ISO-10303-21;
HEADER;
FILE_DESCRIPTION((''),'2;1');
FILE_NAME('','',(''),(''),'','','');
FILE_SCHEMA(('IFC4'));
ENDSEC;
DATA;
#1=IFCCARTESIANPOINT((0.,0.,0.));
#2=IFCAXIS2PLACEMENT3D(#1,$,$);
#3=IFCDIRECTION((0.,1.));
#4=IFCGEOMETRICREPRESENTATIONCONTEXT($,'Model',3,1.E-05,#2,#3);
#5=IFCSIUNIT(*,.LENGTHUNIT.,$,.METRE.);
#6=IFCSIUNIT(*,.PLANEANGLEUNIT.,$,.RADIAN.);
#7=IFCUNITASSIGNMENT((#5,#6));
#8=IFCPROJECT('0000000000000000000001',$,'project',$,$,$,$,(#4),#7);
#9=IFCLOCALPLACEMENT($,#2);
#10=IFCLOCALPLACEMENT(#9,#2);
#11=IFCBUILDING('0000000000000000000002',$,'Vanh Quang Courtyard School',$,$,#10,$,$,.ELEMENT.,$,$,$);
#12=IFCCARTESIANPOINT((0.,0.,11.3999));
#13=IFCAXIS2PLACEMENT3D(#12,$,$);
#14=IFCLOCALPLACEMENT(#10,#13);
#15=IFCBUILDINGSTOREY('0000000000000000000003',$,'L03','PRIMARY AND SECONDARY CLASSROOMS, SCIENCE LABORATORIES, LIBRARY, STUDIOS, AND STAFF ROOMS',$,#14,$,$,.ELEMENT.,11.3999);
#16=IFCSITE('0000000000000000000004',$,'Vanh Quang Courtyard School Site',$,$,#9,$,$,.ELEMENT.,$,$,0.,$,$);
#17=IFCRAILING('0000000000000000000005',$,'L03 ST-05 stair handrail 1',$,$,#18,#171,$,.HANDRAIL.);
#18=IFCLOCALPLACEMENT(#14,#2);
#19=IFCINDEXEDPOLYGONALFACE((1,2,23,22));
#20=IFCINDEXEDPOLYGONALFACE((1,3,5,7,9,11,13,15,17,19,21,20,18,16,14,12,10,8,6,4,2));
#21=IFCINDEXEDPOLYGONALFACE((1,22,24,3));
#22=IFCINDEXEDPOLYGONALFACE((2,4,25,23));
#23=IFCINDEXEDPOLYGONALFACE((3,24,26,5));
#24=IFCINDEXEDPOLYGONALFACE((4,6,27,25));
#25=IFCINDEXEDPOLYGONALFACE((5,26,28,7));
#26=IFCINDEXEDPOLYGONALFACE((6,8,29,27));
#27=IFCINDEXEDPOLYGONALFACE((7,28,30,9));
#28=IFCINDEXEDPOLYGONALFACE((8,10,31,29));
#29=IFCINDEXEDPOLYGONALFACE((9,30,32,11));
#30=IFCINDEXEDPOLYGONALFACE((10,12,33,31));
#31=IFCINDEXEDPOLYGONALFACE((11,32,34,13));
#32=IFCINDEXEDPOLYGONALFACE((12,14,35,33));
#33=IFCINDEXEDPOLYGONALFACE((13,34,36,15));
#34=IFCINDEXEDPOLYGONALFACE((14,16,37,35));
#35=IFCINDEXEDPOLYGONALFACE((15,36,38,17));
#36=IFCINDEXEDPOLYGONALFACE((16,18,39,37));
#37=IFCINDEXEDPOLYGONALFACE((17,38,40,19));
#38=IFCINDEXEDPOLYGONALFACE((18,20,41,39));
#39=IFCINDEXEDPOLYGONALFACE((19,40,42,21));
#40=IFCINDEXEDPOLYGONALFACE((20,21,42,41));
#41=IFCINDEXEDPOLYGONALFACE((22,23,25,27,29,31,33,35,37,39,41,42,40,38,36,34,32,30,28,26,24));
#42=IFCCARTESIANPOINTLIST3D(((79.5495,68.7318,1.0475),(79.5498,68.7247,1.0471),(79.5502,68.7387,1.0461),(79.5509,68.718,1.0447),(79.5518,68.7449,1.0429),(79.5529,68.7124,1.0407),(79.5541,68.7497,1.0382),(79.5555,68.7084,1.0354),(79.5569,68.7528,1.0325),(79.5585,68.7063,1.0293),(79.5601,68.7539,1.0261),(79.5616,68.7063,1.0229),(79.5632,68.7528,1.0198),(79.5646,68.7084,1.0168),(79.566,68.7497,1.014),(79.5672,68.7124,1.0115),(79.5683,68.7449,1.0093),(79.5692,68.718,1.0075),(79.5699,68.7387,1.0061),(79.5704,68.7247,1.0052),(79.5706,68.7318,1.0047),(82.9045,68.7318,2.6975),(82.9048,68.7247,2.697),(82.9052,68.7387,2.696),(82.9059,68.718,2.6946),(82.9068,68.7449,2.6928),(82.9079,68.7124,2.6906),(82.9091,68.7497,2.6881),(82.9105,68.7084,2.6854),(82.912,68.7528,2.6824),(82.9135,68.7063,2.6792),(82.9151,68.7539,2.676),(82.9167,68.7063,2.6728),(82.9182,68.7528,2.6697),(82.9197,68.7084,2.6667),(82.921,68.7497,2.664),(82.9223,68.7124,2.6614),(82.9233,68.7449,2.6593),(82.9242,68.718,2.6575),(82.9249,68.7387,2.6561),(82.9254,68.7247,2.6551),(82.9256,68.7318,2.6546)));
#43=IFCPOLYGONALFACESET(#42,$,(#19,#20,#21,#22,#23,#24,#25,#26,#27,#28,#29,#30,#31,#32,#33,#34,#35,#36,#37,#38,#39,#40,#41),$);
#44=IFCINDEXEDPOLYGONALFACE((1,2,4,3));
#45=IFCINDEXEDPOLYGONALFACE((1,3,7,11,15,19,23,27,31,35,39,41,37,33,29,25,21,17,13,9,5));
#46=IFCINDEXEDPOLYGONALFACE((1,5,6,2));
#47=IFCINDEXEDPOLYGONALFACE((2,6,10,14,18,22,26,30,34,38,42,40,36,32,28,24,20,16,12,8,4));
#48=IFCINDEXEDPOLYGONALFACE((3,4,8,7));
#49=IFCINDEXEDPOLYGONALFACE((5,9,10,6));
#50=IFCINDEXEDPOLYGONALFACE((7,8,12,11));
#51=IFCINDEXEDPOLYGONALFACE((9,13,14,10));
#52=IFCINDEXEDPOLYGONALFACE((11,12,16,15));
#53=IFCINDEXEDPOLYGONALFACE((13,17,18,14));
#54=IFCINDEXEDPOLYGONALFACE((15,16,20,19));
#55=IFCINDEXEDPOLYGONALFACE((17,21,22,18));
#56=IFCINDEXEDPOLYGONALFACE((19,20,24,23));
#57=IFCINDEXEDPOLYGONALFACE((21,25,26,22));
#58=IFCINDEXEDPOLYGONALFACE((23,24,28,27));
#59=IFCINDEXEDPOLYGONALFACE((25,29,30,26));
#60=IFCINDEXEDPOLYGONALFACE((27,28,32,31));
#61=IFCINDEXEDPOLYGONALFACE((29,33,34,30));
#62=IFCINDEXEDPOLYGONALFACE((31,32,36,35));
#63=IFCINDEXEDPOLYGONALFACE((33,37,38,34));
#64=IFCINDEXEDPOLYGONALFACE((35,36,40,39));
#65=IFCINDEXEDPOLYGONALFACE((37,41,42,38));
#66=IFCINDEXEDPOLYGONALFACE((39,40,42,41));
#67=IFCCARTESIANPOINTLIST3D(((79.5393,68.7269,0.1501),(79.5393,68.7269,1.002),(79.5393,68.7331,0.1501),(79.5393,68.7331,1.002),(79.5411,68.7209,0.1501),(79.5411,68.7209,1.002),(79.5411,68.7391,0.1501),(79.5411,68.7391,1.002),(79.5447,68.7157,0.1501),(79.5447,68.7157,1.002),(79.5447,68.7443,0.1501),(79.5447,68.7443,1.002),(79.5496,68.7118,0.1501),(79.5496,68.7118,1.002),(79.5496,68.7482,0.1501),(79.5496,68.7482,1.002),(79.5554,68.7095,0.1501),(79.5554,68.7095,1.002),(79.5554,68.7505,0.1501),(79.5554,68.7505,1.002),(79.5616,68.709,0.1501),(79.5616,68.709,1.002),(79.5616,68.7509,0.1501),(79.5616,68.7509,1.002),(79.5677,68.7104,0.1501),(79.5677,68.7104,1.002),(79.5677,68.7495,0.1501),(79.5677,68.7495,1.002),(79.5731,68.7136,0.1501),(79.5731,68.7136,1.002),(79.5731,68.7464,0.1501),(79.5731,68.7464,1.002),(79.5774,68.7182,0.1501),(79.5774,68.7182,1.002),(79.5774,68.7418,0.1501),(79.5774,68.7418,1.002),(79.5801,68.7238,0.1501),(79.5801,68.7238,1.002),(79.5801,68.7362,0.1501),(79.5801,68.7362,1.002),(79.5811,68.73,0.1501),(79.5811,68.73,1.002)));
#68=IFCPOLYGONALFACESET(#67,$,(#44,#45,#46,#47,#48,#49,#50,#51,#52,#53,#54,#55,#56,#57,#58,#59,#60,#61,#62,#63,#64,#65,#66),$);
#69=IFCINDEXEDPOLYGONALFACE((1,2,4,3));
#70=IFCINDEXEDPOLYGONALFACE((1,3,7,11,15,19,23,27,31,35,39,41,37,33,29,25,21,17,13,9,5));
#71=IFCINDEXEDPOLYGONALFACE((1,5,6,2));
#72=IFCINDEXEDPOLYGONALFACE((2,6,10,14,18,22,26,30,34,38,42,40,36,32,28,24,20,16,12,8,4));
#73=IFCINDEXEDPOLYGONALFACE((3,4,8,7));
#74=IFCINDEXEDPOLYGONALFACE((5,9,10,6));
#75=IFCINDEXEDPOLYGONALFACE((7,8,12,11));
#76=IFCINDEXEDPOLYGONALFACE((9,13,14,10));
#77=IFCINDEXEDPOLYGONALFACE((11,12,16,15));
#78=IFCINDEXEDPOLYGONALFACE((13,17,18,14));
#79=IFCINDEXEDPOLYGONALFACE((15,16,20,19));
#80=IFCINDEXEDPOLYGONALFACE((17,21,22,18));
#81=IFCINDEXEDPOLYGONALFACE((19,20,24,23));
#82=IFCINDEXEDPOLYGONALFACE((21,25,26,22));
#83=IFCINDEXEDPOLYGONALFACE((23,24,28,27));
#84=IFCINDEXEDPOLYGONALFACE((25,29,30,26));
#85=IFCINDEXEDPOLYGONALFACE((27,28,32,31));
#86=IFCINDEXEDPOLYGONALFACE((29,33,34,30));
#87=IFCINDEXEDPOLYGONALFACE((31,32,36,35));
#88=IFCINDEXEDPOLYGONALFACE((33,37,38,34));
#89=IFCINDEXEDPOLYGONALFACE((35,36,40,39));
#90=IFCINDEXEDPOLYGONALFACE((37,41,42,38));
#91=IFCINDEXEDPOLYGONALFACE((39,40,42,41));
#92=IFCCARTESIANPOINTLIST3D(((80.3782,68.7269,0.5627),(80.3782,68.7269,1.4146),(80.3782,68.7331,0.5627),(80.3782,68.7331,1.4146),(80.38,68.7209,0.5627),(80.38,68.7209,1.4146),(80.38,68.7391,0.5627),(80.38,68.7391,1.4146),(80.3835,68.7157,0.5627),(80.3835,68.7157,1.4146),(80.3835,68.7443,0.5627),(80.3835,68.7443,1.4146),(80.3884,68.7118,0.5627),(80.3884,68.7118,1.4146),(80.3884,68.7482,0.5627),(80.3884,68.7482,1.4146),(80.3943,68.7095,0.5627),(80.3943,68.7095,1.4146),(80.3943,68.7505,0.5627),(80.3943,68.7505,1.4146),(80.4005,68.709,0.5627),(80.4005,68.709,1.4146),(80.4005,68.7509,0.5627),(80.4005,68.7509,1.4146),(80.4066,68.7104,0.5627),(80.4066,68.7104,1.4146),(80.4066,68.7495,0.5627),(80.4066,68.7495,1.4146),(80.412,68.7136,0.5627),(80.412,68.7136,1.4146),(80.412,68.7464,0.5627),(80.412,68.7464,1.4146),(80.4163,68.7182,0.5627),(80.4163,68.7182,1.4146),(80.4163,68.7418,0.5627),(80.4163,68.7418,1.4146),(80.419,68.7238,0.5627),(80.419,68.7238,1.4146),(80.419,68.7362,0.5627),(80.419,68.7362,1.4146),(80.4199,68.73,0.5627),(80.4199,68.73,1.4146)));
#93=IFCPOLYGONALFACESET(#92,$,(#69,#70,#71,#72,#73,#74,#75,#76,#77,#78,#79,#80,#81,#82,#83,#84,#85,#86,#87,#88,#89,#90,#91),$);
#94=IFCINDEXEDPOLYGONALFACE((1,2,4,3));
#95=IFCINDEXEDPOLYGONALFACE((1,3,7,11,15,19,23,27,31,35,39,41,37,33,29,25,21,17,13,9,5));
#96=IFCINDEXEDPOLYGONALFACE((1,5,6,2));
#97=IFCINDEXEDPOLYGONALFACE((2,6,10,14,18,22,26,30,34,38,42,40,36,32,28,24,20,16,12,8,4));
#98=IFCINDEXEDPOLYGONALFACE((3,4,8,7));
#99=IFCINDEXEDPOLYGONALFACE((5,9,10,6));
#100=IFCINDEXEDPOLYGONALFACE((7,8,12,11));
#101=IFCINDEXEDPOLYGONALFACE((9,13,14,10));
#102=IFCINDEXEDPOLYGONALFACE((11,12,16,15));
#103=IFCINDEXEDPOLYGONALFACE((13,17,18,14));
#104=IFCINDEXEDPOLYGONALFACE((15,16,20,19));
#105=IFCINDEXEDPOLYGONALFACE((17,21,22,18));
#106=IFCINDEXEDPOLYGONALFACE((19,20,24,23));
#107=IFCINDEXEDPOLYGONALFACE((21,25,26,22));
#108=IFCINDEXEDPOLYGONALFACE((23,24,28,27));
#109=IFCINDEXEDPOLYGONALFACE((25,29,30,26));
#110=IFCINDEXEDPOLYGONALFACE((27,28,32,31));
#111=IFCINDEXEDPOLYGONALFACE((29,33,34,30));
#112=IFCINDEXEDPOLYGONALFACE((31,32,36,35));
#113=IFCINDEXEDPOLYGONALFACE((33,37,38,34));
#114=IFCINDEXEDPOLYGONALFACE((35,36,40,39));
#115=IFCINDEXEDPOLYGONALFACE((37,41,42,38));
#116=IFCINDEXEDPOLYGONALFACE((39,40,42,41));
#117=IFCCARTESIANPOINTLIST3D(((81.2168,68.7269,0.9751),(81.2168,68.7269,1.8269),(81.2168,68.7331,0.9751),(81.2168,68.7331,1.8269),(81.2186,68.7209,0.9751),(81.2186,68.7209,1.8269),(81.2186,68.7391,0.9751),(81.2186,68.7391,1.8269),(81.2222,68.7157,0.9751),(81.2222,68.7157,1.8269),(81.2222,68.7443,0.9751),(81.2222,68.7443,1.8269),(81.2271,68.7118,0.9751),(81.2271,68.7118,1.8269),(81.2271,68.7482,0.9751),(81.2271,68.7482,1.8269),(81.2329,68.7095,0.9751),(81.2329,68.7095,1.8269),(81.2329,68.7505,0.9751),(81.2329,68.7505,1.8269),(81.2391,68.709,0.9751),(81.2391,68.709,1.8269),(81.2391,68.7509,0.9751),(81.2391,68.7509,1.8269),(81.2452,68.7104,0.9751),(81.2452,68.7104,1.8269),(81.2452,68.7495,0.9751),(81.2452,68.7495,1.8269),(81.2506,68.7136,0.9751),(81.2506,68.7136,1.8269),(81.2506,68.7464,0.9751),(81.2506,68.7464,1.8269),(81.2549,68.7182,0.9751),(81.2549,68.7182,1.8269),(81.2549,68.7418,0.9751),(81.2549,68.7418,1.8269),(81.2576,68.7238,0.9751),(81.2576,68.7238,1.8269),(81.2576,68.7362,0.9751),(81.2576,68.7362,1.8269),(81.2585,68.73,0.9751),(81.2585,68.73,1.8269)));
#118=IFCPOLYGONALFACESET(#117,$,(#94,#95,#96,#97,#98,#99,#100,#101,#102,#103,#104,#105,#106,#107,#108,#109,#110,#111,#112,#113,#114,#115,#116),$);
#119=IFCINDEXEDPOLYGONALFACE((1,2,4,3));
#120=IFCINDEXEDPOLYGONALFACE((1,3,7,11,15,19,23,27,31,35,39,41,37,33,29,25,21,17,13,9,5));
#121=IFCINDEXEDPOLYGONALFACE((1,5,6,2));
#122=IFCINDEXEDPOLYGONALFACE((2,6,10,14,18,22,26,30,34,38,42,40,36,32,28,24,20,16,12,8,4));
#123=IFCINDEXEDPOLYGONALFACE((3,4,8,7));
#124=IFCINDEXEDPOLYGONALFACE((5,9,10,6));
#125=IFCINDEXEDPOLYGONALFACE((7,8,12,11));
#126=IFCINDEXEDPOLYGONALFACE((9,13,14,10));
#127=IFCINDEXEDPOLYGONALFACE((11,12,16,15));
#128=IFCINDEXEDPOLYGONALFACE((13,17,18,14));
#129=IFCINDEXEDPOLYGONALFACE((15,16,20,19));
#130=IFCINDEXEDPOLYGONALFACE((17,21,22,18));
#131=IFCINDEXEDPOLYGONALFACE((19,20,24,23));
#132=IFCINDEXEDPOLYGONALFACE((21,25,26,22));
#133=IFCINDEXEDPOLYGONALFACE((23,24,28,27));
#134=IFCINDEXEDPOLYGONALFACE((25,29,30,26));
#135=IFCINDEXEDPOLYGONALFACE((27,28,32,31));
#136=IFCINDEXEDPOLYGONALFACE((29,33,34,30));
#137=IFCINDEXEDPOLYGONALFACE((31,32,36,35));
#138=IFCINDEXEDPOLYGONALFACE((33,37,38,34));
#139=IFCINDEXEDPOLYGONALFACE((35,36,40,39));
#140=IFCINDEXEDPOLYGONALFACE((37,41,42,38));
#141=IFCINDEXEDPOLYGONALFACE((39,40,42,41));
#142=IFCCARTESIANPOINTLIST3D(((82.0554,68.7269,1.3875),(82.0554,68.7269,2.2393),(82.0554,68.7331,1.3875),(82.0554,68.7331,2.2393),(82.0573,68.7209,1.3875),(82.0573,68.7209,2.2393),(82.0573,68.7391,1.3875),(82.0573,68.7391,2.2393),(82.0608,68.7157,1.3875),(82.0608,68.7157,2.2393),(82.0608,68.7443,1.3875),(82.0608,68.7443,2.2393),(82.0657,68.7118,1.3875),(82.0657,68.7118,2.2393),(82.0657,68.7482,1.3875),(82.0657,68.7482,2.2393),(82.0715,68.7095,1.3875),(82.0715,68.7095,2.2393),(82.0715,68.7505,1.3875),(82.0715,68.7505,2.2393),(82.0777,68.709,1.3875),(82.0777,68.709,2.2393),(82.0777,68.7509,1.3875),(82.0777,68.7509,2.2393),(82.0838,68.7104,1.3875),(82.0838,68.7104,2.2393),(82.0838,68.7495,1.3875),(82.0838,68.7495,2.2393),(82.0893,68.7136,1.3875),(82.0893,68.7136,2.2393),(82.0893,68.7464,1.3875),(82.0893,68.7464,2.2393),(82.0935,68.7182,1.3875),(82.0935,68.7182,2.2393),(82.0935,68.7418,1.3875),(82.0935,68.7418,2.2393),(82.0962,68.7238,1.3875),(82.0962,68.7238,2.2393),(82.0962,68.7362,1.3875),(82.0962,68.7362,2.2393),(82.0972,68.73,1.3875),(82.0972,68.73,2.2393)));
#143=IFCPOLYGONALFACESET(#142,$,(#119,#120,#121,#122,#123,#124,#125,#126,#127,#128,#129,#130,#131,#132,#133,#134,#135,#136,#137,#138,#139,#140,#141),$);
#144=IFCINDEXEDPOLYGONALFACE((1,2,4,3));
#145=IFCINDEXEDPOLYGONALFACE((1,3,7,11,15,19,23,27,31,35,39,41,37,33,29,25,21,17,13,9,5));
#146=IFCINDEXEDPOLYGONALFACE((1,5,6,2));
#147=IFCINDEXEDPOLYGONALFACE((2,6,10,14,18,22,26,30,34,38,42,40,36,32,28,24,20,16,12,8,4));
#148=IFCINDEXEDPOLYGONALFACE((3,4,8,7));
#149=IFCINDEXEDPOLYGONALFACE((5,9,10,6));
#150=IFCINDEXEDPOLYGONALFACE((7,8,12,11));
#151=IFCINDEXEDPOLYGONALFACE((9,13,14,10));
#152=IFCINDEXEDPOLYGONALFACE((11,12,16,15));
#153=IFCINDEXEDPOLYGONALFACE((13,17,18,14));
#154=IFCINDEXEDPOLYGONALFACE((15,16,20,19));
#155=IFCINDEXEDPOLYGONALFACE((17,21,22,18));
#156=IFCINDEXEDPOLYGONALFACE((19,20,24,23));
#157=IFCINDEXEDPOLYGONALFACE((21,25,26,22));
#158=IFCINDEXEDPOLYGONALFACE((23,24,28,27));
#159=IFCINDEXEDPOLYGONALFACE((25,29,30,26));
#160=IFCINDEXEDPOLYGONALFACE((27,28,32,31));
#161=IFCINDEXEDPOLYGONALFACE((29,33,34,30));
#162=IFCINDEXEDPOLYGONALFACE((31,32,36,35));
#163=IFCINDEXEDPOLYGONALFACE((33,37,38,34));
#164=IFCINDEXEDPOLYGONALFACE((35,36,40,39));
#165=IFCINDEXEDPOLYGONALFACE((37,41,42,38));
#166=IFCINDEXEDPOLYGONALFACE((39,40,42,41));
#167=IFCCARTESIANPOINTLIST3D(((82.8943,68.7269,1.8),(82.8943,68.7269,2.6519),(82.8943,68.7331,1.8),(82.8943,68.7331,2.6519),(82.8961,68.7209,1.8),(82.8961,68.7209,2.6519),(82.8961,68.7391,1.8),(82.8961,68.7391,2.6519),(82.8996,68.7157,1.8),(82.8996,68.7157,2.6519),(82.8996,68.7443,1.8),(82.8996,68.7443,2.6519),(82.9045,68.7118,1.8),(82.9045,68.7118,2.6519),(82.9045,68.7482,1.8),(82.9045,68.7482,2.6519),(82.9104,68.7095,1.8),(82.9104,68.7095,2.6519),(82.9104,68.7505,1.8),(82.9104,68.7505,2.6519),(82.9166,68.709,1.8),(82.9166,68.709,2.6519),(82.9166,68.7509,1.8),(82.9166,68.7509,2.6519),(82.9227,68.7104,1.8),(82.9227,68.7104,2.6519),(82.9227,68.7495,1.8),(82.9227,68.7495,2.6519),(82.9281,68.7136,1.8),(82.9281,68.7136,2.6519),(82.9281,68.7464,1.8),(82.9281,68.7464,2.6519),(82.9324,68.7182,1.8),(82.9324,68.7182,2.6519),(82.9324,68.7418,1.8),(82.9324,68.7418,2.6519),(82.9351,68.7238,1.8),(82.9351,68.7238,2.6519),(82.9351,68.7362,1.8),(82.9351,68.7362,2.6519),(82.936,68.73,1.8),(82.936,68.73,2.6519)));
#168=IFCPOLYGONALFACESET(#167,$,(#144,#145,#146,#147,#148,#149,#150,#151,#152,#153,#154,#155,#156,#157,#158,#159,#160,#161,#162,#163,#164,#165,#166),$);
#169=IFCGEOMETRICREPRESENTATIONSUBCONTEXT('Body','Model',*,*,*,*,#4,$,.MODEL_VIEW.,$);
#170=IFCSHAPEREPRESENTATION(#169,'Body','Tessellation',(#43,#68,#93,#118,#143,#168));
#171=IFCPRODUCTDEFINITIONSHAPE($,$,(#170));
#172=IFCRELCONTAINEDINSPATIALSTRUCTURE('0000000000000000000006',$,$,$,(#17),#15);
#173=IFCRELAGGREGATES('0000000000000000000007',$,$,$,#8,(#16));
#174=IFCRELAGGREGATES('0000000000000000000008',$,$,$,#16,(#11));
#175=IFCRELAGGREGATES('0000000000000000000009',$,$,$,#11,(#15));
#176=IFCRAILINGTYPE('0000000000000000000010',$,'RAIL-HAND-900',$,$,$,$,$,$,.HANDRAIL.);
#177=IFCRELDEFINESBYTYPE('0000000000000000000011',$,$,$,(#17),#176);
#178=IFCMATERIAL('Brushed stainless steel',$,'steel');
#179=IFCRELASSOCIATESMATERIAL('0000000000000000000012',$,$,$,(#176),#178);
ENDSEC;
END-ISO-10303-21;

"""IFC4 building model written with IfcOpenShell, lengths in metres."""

from ifc_helpers import new_model, si_unit, direction, frame, origin, origin_2d, place, context, subcontext, project, spatial, circle, extrude, material, type_object, element, save


model = new_model("IFC4")

# Units and contexts
model_context = context("Model", 3, precision=1e-05, world=origin(), true_north=direction((0.0, 1.0)))
body_context = subcontext(model_context, "Body", "Model", "MODEL_VIEW")
ifc_project = project(units=[si_unit("LENGTHUNIT", "METRE"), si_unit("PLANEANGLEUNIT", "RADIAN")], contexts=[model_context])

# Site, building, storey
site_placement = place(None, origin())
site = spatial("IfcSite", under=ifc_project, at=site_placement, Name="Vanh Quang Courtyard School Site", CompositionType="ELEMENT", RefElevation=0.0)
building_placement = place(site_placement, origin())
building = spatial("IfcBuilding", under=site, at=building_placement, Name="Vanh Quang Courtyard School", CompositionType="ELEMENT")
storey_placement = place(building_placement, frame((0.0, 0.0, 11.3999)))
storey = spatial("IfcBuildingStorey", under=building, at=storey_placement, Name="L03", Description="PRIMARY AND SECONDARY CLASSROOMS, SCIENCE LABORATORIES, LIBRARY, STUDIOS, AND STAFF ROOMS", CompositionType="ELEMENT", Elevation=11.3999)

# Railing
ifc_material_1 = material(Name="Brushed stainless steel", Category="steel")
railing_type_1 = type_object("IfcRailingType", Name="RAIL-HAND-900", PredefinedType="HANDRAIL", material=ifc_material_1)
railing_1_placement = place(storey_placement, frame((79.5601, 68.73, 0.1501)))
element("IfcRailing", 1, at=railing_1_placement, inside=storey, type_object=railing_type_1, Name="L03 ST-05 stair handrail 1", PredefinedType="HANDRAIL", context=body_context, shape_type="SweptSolid", body=[
    extrude(circle(Radius=0.0239, at=origin_2d()), frame((0.0, 0.0, 0.876), z_axis=(0.897359, 0.0, 0.441301), x_axis=(0.0, 1.0, 0.0)), (0.0, 0.0, 1.0), 3.7388),
    extrude(circle(Radius=0.021, at=origin_2d()), origin(), (0.0, 0.0, 1.0), 0.8518),
    extrude(circle(Radius=0.021, at=origin_2d()), frame((0.8389, 0.0, 0.4126)), (0.0, 0.0, 1.0), 0.8518),
    extrude(circle(Radius=0.021, at=origin_2d()), frame((1.6775, 0.0, 0.825)), (0.0, 0.0, 1.0), 0.8518),
    extrude(circle(Radius=0.021, at=origin_2d()), frame((2.5161, 0.0, 1.2373)), (0.0, 0.0, 1.0), 0.8518),
    extrude(circle(Radius=0.021, at=origin_2d()), frame((3.355, 0.0, 1.6499)), (0.0, 0.0, 1.0), 0.8518),
])

save(model, "model.ifc")
